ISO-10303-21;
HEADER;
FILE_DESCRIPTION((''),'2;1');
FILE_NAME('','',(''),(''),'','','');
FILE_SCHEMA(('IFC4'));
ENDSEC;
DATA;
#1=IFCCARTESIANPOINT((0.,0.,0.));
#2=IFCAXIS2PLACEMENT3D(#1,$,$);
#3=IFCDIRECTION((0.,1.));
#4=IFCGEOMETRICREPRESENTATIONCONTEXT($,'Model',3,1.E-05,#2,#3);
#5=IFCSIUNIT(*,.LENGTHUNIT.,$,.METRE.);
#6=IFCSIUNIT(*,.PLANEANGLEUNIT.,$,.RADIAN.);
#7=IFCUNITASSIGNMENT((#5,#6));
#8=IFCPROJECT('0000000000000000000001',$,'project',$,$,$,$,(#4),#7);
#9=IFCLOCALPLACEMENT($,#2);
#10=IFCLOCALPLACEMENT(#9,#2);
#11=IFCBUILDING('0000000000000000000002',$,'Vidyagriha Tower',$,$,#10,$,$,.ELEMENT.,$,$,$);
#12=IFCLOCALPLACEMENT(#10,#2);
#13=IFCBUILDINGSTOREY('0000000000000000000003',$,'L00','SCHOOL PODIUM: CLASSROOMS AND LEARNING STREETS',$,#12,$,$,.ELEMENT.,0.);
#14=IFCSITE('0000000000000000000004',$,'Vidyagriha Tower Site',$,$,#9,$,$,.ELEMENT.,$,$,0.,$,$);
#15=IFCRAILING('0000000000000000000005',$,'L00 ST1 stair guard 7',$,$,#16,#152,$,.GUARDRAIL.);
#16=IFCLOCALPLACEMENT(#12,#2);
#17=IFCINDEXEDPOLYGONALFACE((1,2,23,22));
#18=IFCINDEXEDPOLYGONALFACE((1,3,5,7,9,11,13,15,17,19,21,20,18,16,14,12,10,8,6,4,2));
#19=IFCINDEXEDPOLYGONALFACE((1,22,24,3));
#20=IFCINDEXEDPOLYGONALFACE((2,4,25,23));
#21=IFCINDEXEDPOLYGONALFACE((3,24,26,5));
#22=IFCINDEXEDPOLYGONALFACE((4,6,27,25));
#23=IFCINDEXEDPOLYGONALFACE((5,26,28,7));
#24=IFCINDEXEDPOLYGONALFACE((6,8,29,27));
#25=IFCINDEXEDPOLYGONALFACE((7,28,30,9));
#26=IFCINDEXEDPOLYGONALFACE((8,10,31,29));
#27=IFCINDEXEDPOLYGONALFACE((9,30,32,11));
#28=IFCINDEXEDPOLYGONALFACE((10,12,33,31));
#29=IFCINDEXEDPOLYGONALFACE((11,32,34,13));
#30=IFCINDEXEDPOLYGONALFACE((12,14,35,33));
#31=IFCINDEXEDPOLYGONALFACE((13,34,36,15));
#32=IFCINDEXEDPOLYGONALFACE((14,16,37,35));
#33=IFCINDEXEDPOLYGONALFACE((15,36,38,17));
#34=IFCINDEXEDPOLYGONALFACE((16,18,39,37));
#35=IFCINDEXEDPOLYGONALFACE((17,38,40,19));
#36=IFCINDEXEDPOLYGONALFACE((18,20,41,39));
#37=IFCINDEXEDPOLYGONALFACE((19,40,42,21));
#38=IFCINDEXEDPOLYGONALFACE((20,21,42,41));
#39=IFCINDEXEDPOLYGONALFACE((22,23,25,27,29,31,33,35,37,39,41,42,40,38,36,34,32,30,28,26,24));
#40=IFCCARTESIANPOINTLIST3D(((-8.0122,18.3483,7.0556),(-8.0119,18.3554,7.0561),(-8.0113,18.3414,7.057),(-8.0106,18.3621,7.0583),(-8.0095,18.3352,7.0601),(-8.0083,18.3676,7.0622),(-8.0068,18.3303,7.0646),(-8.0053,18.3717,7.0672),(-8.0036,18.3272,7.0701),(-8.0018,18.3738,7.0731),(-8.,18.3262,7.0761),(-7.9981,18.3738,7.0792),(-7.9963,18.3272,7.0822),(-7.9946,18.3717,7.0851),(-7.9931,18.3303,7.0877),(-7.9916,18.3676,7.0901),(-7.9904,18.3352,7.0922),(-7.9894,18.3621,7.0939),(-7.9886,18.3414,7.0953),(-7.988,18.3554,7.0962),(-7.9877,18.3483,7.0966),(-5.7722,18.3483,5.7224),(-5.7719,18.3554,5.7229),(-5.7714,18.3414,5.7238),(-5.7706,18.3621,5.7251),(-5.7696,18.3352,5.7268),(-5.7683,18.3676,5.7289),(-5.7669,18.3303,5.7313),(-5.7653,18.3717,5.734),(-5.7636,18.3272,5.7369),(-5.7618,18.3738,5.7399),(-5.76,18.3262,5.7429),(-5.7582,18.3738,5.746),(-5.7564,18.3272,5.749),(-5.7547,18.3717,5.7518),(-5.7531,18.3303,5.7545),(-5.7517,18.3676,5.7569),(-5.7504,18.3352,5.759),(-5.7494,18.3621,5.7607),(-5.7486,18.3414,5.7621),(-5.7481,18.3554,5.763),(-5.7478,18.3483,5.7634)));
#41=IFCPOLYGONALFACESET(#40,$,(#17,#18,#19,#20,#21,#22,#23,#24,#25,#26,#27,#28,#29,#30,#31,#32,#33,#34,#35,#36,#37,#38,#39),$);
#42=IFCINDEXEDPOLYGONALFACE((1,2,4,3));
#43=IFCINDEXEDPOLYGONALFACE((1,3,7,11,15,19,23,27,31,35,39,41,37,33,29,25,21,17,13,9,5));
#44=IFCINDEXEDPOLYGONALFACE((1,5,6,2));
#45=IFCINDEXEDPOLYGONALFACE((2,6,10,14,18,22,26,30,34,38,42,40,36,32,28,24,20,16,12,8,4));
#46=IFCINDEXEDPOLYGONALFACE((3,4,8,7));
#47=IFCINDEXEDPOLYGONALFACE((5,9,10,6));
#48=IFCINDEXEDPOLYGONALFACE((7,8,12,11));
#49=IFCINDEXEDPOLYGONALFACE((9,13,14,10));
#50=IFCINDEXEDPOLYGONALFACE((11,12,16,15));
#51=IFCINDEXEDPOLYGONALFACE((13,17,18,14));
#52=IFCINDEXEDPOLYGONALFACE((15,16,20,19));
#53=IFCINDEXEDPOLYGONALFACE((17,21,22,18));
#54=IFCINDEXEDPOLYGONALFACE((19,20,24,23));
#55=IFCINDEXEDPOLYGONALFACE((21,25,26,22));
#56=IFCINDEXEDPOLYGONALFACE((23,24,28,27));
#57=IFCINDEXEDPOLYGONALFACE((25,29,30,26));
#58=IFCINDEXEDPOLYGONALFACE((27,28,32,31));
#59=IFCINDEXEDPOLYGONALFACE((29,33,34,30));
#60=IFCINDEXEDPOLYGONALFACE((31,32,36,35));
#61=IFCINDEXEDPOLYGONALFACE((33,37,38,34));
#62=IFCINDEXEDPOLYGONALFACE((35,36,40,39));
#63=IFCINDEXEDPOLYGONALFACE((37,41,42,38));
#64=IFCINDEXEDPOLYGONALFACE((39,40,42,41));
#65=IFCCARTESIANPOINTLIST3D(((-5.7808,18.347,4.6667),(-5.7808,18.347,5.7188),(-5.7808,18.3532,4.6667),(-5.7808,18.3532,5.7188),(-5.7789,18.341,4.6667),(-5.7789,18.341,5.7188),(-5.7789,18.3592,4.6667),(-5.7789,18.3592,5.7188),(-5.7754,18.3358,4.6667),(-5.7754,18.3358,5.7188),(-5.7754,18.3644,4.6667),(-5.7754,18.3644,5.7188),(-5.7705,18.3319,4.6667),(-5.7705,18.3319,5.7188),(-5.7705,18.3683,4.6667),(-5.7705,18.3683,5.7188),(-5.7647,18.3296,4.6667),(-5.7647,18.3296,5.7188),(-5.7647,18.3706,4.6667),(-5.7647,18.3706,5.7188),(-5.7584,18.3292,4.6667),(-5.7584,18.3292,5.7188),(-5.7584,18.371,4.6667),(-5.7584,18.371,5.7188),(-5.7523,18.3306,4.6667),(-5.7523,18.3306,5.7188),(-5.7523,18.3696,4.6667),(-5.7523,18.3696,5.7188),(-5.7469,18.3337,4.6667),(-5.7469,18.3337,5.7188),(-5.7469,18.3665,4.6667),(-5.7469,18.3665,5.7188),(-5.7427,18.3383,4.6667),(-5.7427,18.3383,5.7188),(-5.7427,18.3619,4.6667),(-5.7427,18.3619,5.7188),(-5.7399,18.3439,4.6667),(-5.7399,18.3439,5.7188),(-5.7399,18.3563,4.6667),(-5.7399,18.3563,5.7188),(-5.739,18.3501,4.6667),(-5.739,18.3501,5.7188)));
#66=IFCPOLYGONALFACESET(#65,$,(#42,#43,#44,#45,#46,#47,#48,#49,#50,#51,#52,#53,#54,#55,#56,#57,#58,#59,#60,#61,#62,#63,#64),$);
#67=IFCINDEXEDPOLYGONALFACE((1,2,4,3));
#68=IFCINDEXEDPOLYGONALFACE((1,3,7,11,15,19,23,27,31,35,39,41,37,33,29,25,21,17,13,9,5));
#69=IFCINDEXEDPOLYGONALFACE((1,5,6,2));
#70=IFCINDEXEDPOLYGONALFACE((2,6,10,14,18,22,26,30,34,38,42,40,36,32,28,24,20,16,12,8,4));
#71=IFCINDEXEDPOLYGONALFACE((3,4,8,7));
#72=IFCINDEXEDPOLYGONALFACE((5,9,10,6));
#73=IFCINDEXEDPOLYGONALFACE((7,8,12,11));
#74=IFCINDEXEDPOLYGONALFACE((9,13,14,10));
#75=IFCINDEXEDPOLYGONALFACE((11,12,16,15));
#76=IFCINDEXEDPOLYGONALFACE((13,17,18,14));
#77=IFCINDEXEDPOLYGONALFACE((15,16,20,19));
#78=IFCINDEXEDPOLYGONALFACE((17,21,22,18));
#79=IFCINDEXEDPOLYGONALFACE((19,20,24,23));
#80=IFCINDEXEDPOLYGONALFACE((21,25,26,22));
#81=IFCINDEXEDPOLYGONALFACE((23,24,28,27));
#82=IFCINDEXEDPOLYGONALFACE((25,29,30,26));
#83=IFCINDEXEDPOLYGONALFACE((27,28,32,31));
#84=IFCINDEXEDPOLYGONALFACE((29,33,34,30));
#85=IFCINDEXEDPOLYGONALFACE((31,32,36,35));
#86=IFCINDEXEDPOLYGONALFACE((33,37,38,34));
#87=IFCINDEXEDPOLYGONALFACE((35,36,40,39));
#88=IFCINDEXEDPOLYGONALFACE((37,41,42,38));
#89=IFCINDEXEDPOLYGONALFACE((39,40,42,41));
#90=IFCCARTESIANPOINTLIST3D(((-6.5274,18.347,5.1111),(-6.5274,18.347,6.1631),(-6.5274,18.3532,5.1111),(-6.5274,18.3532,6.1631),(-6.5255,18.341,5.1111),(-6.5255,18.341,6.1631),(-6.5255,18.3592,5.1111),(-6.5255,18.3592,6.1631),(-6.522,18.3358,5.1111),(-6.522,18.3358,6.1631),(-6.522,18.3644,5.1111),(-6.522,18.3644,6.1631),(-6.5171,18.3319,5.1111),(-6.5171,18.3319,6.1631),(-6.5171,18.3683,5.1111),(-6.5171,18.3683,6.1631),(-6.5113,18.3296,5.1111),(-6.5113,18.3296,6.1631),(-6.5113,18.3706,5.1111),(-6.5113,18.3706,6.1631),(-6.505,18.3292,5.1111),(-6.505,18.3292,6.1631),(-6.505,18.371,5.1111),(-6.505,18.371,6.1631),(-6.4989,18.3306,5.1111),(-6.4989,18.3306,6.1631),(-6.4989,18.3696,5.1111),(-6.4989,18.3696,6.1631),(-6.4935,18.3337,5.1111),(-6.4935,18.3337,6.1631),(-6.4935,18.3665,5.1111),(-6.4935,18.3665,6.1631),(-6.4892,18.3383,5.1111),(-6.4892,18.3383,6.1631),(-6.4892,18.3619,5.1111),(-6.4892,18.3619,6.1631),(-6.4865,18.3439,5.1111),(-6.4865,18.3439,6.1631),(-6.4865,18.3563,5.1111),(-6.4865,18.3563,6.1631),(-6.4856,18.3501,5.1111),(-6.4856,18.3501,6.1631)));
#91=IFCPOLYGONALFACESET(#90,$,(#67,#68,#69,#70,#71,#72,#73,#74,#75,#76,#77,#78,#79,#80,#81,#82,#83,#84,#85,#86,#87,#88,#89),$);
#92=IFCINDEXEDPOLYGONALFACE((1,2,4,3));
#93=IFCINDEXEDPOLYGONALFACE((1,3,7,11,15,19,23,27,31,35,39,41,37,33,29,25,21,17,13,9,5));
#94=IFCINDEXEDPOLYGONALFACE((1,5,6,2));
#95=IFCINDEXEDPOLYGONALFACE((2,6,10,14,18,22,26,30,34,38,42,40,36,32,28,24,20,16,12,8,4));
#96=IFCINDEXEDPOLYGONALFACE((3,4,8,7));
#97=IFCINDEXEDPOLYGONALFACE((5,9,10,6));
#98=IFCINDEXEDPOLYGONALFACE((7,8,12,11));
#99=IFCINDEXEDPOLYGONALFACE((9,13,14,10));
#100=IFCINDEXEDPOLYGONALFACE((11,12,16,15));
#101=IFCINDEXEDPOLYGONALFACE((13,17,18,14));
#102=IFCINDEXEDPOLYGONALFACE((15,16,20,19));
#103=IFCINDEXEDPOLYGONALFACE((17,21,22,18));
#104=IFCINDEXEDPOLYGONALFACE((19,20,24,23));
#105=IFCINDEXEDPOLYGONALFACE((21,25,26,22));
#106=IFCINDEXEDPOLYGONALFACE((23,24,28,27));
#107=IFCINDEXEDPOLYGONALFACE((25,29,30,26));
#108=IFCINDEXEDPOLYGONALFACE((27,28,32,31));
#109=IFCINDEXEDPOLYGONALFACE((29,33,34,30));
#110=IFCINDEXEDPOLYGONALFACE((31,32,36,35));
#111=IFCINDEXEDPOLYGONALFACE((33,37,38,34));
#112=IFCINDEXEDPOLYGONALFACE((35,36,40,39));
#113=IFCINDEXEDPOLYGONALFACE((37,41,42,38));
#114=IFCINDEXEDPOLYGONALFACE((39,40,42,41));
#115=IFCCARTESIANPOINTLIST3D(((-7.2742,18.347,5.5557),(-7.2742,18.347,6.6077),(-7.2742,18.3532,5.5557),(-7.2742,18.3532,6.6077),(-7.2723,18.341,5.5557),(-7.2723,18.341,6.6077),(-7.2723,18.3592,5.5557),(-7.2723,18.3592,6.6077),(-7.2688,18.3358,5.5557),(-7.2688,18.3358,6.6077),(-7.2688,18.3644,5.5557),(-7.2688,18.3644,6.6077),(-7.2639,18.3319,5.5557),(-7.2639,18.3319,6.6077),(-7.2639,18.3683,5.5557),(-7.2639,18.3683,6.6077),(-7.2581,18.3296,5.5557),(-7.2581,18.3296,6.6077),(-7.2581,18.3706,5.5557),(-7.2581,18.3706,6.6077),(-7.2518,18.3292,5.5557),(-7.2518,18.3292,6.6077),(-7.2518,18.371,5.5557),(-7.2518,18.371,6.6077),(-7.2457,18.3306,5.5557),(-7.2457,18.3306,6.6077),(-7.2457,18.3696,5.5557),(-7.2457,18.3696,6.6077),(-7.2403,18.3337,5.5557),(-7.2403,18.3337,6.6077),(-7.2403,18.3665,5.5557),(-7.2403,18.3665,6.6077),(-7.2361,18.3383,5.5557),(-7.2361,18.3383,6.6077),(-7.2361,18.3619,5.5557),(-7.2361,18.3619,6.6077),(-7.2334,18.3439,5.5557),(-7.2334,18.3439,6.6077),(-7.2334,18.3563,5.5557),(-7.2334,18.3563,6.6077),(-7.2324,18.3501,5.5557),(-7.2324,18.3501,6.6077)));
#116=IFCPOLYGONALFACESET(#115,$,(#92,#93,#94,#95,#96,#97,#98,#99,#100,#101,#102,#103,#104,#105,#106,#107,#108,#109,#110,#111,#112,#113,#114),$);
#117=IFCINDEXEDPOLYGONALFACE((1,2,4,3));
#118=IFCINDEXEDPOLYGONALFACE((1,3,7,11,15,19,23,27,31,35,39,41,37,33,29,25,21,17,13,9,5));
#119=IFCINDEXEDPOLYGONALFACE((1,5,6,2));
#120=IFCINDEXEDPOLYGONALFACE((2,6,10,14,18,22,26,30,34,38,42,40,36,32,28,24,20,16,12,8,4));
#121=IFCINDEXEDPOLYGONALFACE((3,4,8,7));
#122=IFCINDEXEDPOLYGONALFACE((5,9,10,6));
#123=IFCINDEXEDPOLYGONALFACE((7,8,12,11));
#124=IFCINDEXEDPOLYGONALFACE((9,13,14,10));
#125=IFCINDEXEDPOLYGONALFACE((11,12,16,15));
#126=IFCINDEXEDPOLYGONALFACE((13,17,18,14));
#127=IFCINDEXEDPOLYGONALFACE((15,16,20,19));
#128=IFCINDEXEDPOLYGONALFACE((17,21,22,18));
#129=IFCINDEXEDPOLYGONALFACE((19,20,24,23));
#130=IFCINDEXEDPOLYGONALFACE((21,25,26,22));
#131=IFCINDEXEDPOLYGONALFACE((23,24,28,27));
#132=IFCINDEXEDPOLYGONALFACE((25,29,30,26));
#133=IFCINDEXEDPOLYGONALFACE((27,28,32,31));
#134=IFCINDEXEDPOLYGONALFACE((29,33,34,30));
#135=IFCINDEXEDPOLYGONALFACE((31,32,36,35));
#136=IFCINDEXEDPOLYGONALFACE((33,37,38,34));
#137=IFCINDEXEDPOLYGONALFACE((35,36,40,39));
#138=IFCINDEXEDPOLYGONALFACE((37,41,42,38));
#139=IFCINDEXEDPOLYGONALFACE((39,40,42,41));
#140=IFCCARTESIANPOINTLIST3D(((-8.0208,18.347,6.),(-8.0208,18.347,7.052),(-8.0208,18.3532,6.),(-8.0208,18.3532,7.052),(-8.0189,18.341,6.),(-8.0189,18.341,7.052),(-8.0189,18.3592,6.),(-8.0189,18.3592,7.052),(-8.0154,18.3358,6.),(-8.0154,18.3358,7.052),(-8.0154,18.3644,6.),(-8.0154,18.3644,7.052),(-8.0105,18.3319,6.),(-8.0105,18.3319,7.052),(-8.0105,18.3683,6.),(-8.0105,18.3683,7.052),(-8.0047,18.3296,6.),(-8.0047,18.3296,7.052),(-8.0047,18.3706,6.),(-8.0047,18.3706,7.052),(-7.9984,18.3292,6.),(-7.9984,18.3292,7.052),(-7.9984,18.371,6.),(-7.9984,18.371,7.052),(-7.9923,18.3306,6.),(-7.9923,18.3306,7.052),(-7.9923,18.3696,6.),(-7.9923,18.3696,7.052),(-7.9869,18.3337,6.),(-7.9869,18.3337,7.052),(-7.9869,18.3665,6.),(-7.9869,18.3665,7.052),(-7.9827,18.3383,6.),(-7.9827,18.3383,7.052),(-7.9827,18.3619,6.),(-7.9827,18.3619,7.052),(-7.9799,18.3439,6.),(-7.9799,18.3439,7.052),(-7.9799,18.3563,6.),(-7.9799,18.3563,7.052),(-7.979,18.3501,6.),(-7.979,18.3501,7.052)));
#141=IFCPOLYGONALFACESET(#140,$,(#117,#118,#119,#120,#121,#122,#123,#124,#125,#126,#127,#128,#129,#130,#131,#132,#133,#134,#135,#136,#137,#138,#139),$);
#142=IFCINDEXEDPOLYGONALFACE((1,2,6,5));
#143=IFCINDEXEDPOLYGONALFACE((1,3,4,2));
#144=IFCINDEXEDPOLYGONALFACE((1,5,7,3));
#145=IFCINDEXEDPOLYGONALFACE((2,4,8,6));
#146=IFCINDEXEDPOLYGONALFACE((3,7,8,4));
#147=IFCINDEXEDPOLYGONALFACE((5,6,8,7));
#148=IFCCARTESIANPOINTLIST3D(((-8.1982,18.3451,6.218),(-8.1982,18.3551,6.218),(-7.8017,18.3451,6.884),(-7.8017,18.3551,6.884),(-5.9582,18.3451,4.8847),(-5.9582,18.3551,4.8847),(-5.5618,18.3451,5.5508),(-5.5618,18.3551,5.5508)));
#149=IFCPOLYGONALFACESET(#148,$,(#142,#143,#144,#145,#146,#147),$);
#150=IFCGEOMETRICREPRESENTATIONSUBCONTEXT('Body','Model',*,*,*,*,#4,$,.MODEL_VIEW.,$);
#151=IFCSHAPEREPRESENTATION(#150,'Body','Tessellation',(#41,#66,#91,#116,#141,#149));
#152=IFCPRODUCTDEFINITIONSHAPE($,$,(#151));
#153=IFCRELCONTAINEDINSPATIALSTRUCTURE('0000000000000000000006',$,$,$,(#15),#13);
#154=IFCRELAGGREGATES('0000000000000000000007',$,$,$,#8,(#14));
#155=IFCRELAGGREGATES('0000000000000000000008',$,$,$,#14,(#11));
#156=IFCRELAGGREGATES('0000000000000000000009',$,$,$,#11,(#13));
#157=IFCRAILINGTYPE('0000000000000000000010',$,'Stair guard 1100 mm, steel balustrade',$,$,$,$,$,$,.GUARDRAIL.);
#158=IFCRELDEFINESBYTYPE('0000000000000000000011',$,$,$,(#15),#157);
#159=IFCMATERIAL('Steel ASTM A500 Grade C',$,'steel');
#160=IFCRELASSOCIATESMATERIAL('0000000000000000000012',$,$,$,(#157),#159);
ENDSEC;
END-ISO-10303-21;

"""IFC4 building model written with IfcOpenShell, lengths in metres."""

from ifc_helpers import new_model, si_unit, direction, frame, origin, origin_2d, place, context, subcontext, project, spatial, rectangle, circle, extrude, material, type_object, element, save


model = new_model("IFC4")

# Units and contexts
model_context = context("Model", 3, precision=1e-05, world=origin(), true_north=direction((0.0, 1.0)))
body_context = subcontext(model_context, "Body", "Model", "MODEL_VIEW")
ifc_project = project(units=[si_unit("LENGTHUNIT", "METRE"), si_unit("PLANEANGLEUNIT", "RADIAN")], contexts=[model_context])

# Site, building, storey
site_placement = place(None, origin())
site = spatial("IfcSite", under=ifc_project, at=site_placement, Name="Vidyagriha Tower Site", CompositionType="ELEMENT", RefElevation=0.0)
building_placement = place(site_placement, origin())
building = spatial("IfcBuilding", under=site, at=building_placement, Name="Vidyagriha Tower", CompositionType="ELEMENT")
storey_placement = place(building_placement, origin())
storey = spatial("IfcBuildingStorey", under=building, at=storey_placement, Name="L00", Description="SCHOOL PODIUM: CLASSROOMS AND LEARNING STREETS", CompositionType="ELEMENT", Elevation=0.0)

# Railing
ifc_material_1 = material(Name="Steel ASTM A500 Grade C", Category="steel")
railing_type_1 = type_object("IfcRailingType", Name="Stair guard 1100 mm, steel balustrade", PredefinedType="GUARDRAIL", material=ifc_material_1)
railing_1_placement = place(storey_placement, frame((-5.76, 18.3501, 4.6667)))
element("IfcRailing", 1, at=railing_1_placement, inside=storey, type_object=railing_type_1, Name="L00 ST1 stair guard 7", PredefinedType="GUARDRAIL", context=body_context, shape_type="SweptSolid", body=[
    extrude(circle(Radius=0.0239, at=origin_2d()), frame((0.0, 0.0, 1.0762), z_axis=(-0.859306, 0.0, 0.511462), x_axis=(0.0, -1.0, 0.0)), (0.0, 0.0, 1.0), 2.6067),
    extrude(circle(Radius=0.021, at=origin_2d()), origin(), (0.0, 0.0, 1.0), 1.052),
    extrude(circle(Radius=0.021, at=origin_2d()), frame((-0.7466, 0.0, 0.4443)), (0.0, 0.0, 1.0), 1.052),
    extrude(circle(Radius=0.021, at=origin_2d()), frame((-1.4934, 0.0, 0.8889)), (0.0, 0.0, 1.0), 1.052),
    extrude(circle(Radius=0.021, at=origin_2d()), frame((-2.24, 0.0, 1.3333)), (0.0, 0.0, 1.0), 1.052),
    extrude(rectangle(XDim=0.01, YDim=0.7751, at=origin_2d()), frame((0.0, 0.0, 0.551), z_axis=(-0.859306, 0.0, 0.511462), x_axis=(0.0, -1.0, 0.0)), (0.0, 0.0, 1.0), 2.6067),
])

save(model, "model.ifc")
